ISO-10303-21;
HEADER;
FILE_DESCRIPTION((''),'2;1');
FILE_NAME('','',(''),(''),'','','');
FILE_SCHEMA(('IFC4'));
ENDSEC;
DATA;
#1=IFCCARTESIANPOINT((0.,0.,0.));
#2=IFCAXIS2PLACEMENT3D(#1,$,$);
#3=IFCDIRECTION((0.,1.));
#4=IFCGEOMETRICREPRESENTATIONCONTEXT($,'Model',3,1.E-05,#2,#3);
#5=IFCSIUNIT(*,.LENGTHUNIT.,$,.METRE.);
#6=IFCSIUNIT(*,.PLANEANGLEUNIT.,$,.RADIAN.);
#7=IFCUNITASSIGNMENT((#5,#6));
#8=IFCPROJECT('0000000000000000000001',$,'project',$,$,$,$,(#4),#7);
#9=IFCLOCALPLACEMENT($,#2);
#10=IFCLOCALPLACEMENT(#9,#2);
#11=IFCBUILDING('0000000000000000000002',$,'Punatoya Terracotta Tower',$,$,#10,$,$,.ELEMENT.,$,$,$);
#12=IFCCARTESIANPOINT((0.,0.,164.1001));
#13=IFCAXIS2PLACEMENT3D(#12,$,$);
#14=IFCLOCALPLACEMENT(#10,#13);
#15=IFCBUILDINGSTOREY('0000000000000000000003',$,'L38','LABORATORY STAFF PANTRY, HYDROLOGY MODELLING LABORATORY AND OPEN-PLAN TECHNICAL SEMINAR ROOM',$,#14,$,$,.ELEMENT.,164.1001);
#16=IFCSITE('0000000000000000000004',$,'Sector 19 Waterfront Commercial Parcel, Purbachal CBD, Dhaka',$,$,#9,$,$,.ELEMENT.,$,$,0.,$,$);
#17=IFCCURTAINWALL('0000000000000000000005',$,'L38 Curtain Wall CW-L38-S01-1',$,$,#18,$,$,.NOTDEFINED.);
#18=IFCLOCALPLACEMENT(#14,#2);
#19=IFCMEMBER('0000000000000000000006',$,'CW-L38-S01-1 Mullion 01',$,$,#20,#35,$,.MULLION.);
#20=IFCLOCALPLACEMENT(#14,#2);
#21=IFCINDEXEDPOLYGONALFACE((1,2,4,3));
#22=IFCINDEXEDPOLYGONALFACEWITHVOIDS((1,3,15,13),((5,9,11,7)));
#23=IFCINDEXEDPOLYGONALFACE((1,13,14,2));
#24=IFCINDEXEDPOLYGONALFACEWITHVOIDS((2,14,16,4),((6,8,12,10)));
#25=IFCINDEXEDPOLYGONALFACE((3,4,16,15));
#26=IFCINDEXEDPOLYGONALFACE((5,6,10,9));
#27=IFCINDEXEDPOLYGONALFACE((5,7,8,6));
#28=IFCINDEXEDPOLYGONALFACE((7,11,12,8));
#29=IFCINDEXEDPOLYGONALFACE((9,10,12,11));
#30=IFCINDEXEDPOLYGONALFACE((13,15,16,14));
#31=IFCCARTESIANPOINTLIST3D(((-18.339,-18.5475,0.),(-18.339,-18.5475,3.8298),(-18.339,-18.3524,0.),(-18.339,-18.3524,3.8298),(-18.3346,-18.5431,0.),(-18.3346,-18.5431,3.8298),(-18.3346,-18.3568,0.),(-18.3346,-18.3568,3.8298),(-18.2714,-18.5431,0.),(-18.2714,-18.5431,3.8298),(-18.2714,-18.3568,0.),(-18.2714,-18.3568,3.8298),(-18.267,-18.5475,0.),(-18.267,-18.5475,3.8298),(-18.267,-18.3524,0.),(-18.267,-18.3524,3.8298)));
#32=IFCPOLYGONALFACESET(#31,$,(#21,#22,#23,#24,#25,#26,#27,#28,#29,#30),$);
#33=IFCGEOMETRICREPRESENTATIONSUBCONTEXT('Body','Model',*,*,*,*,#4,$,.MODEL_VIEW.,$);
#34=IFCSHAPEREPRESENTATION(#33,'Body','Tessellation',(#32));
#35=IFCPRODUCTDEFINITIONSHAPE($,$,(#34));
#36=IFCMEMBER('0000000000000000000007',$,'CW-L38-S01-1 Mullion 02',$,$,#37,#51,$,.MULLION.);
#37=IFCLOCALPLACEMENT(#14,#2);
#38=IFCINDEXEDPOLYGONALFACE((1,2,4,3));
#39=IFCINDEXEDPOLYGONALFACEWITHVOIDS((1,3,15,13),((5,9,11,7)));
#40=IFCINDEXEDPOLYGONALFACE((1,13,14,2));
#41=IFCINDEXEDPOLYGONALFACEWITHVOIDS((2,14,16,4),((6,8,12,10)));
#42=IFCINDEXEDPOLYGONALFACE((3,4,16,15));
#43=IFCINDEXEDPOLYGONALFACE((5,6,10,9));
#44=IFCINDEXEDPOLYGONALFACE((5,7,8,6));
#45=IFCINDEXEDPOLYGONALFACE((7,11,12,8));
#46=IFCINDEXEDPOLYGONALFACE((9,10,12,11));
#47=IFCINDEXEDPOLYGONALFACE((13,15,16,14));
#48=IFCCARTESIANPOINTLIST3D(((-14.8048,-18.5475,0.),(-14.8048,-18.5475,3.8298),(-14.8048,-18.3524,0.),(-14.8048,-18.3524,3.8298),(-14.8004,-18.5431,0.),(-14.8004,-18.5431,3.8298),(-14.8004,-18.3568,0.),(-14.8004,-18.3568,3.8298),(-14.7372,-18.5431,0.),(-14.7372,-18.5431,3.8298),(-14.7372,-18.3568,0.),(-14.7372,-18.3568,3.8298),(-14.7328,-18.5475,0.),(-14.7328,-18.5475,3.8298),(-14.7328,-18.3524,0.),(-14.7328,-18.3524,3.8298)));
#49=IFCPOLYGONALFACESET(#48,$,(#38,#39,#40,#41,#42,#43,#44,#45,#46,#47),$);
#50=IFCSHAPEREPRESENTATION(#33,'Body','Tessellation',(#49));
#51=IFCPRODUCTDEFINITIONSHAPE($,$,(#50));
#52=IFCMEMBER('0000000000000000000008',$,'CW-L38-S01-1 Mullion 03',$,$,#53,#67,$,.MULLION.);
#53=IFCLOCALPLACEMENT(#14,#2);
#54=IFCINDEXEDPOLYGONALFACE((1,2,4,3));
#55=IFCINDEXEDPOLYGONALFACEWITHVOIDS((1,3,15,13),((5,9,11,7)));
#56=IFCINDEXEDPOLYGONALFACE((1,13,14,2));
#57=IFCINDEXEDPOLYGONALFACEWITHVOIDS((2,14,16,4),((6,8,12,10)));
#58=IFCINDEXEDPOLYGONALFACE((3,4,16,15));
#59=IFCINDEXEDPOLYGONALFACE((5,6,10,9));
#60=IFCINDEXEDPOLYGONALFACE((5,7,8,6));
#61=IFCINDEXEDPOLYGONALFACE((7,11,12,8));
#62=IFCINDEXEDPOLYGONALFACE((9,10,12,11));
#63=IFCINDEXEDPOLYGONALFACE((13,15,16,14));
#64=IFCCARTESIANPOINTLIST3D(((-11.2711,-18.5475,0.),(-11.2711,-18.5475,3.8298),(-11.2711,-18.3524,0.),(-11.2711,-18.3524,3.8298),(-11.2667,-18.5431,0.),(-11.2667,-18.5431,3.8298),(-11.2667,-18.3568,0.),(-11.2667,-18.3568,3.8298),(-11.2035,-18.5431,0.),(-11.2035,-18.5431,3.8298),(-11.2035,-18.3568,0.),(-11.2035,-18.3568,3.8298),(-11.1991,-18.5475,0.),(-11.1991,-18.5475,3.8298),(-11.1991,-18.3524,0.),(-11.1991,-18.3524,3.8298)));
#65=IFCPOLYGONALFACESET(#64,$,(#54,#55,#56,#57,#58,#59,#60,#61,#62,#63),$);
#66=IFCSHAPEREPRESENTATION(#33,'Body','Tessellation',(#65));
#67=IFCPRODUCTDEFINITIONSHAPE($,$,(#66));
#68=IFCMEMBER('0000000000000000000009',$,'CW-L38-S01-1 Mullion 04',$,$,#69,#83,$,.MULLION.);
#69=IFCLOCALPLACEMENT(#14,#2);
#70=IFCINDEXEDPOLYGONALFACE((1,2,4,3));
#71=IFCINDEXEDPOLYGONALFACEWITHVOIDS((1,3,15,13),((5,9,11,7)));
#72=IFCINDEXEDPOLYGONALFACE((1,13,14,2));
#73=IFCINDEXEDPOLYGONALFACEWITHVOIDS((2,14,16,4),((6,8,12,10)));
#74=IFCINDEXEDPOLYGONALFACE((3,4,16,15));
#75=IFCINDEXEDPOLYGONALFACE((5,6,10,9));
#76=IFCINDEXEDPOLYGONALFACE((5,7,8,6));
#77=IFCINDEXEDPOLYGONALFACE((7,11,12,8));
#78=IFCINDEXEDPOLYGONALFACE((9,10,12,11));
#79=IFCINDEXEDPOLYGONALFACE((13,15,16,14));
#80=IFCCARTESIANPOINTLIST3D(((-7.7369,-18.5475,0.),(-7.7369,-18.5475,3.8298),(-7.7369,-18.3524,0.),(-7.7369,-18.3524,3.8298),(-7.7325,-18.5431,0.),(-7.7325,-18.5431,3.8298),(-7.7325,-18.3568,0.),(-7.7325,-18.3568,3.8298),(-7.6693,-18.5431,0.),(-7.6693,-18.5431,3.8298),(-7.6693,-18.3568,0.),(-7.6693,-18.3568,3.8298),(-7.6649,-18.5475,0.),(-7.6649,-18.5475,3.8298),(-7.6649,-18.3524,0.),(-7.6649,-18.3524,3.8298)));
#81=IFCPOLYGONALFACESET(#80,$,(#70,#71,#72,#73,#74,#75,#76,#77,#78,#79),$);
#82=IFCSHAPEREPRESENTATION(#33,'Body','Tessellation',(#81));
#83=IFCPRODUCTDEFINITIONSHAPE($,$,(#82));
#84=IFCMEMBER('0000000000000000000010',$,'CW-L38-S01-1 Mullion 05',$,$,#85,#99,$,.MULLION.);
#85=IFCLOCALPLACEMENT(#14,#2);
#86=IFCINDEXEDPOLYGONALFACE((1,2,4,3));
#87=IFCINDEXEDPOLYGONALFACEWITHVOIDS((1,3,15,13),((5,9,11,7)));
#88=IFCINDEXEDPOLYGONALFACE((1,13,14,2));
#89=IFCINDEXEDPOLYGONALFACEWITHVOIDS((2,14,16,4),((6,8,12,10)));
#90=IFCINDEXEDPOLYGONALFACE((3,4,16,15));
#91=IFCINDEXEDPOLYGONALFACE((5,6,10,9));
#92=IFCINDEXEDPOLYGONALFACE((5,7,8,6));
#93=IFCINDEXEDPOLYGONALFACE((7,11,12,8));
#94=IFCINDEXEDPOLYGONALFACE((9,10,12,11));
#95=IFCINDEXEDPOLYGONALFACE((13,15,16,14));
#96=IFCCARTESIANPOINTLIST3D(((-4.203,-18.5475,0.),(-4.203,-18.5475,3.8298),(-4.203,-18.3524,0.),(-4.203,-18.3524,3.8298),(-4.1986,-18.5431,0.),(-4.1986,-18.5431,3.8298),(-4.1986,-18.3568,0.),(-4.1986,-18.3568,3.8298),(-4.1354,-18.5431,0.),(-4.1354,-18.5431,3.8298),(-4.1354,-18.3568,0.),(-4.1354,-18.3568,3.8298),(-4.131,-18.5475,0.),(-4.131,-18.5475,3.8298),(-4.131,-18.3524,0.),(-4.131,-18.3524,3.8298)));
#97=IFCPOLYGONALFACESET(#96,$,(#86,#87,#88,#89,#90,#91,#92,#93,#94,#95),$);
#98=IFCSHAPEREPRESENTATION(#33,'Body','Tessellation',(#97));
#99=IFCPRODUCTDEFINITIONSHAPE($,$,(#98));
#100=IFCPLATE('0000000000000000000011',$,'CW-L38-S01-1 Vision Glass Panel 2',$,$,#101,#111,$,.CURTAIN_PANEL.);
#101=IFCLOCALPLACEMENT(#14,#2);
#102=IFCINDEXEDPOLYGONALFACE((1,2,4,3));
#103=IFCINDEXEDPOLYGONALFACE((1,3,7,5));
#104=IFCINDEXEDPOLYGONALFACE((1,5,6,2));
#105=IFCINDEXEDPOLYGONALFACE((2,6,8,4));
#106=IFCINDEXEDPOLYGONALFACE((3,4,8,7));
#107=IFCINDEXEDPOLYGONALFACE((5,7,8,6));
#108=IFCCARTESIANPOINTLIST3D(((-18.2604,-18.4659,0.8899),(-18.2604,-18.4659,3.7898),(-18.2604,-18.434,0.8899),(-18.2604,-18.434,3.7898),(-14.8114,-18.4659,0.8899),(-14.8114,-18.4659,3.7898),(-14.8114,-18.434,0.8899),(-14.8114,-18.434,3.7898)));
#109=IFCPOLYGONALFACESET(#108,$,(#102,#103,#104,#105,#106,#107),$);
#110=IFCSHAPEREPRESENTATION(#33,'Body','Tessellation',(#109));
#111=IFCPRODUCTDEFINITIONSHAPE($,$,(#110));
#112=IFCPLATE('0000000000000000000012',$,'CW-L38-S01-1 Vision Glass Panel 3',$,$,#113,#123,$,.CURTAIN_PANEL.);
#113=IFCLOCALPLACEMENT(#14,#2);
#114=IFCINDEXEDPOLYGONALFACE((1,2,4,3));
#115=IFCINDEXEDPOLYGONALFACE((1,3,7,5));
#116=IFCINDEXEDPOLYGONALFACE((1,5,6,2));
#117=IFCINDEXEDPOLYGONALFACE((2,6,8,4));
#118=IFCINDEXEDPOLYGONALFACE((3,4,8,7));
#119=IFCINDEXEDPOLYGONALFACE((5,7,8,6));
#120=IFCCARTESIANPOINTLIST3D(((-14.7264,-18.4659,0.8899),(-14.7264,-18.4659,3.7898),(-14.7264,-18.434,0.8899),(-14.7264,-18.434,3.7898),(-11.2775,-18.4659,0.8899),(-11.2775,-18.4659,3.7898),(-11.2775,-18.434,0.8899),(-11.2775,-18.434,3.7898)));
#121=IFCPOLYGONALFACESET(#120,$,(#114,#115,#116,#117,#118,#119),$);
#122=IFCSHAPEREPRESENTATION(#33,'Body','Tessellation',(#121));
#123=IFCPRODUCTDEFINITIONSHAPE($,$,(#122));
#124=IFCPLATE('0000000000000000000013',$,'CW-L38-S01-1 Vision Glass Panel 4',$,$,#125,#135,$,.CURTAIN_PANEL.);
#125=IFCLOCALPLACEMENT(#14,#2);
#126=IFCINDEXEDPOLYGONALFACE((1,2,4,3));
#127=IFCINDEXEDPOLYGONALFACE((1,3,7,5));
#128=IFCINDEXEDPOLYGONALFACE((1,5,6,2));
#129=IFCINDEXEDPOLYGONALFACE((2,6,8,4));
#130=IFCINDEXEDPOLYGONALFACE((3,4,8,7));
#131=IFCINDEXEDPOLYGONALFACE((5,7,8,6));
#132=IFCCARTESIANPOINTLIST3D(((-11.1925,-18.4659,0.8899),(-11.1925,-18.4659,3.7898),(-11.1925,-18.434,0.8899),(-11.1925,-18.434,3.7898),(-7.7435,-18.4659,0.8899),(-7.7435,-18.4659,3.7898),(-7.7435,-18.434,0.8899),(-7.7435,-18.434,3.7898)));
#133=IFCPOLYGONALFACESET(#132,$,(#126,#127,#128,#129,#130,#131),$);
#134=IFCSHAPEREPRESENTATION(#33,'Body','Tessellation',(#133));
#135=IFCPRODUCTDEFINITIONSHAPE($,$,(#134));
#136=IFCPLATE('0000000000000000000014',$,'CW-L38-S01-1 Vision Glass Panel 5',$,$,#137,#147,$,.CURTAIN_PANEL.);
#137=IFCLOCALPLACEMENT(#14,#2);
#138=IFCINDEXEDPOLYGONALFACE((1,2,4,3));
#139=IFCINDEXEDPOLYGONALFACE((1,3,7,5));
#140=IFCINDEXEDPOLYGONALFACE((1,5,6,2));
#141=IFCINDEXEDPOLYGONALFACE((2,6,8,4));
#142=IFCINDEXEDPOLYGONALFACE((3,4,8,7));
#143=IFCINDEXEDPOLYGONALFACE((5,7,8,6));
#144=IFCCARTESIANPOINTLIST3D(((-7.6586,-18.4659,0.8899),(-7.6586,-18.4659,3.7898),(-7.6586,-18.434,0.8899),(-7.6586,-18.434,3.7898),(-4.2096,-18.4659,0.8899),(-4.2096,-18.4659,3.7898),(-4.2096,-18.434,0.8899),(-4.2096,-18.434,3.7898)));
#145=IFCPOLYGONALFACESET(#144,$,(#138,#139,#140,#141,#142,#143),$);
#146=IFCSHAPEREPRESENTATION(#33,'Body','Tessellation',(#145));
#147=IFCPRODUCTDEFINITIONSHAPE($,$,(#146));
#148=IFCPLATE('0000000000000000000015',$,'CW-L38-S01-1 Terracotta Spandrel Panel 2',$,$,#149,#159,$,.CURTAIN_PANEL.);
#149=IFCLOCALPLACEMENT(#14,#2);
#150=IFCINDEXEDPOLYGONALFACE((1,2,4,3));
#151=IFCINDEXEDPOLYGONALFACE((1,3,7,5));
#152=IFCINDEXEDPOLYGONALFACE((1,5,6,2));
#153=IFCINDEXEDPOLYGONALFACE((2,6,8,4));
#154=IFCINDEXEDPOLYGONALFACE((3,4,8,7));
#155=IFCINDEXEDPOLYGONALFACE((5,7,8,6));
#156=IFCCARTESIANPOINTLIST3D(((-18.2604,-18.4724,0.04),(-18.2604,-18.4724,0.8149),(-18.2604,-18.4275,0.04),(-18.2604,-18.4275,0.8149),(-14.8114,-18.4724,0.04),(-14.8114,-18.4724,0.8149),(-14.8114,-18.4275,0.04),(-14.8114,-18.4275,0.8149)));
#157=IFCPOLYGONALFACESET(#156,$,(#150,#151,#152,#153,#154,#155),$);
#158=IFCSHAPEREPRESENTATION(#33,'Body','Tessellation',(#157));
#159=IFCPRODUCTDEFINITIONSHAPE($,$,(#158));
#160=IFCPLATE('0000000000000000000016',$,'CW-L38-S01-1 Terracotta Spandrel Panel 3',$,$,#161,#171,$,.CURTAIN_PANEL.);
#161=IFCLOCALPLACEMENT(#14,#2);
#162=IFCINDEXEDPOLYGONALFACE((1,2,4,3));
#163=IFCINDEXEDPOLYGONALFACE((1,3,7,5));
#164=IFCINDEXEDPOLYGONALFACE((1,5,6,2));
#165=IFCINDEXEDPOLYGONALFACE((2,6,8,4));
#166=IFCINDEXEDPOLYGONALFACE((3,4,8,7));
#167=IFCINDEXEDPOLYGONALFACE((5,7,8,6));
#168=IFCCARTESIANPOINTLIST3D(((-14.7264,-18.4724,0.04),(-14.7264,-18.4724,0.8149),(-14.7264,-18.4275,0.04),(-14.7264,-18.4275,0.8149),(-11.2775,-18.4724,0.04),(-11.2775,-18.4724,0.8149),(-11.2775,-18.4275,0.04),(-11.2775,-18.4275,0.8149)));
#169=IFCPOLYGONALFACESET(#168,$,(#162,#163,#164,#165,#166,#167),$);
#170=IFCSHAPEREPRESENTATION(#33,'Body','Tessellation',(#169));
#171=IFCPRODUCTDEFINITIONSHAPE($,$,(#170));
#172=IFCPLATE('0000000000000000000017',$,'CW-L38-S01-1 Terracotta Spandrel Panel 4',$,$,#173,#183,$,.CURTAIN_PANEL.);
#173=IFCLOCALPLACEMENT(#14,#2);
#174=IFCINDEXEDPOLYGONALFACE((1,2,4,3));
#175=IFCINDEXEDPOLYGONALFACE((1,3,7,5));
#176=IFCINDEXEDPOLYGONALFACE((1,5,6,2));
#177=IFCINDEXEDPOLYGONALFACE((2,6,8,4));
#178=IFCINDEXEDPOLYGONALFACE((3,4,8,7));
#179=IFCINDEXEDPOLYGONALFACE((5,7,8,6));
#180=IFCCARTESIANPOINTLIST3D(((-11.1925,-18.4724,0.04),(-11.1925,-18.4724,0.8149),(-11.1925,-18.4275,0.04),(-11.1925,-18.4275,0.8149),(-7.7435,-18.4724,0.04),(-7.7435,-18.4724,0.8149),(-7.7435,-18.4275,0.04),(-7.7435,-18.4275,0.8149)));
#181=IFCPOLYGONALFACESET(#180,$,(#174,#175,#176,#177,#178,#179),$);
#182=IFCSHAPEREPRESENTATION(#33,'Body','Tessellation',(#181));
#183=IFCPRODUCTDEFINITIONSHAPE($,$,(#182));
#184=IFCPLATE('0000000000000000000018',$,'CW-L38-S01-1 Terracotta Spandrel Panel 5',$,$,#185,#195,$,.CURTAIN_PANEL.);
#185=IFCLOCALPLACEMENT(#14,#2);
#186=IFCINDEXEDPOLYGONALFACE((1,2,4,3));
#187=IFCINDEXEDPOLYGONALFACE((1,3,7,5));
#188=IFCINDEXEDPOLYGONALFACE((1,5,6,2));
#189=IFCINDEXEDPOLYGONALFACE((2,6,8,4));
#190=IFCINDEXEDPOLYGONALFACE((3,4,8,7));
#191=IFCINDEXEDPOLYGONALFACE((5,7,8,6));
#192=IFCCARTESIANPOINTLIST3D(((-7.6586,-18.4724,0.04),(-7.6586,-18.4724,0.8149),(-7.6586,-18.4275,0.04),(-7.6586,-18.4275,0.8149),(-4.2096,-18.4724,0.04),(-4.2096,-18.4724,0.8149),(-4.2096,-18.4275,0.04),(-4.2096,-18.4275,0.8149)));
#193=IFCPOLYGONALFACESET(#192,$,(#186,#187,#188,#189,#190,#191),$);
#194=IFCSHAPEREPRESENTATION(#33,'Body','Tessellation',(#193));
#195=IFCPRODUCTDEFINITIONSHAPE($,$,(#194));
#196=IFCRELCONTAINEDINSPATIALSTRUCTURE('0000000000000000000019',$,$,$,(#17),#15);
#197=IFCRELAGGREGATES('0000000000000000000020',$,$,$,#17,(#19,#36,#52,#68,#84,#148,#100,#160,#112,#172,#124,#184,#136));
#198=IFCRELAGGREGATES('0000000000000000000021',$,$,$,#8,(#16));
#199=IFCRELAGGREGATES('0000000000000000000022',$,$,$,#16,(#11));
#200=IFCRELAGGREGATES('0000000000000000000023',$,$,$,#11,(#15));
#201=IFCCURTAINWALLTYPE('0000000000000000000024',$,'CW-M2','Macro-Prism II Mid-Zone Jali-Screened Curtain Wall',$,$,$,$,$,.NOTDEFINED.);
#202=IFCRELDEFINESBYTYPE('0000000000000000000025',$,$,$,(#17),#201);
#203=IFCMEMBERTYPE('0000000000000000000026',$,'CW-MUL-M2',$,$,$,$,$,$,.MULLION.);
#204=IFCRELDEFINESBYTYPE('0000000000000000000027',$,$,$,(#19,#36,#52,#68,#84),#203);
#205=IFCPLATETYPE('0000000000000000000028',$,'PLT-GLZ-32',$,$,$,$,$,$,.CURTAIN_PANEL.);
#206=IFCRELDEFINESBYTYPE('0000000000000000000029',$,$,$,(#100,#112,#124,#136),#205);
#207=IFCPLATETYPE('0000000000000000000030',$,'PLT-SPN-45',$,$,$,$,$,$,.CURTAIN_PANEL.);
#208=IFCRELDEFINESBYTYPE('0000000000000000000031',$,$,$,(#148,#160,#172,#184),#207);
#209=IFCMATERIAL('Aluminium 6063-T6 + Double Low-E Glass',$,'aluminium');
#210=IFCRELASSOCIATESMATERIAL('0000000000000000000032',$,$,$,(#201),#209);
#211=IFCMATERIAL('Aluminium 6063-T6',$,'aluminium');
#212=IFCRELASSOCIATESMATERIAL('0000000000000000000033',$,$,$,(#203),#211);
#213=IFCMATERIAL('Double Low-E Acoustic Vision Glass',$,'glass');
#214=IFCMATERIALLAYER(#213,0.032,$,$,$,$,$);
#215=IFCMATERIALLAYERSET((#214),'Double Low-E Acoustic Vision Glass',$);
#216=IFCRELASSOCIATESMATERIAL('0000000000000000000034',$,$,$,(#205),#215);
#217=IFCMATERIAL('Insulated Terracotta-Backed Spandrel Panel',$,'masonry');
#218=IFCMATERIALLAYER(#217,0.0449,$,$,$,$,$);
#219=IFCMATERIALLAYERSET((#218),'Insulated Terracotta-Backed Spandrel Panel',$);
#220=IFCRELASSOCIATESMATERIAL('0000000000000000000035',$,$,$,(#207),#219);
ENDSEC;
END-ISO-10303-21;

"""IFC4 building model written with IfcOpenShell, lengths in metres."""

from ifc_helpers import new_model, si_unit, direction, frame, origin, origin_2d, place, context, subcontext, project, spatial, rectangle, hollow_rectangle, extrude, material, layer, layer_set, material_profile, profile_set, type_object, element, aggregate, save


model = new_model("IFC4")

# Units and contexts
model_context = context("Model", 3, precision=1e-05, world=origin(), true_north=direction((0.0, 1.0)))
body_context = subcontext(model_context, "Body", "Model", "MODEL_VIEW")
ifc_project = project(units=[si_unit("LENGTHUNIT", "METRE"), si_unit("PLANEANGLEUNIT", "RADIAN")], contexts=[model_context])

# Site, building, storey
site_placement = place(None, origin())
site = spatial("IfcSite", under=ifc_project, at=site_placement, Name="Sector 19 Waterfront Commercial Parcel, Purbachal CBD, Dhaka", CompositionType="ELEMENT", RefElevation=0.0)
building_placement = place(site_placement, origin())
building = spatial("IfcBuilding", under=site, at=building_placement, Name="Punatoya Terracotta Tower", CompositionType="ELEMENT")
storey_placement = place(building_placement, frame((0.0, 0.0, 164.1001)))
storey = spatial("IfcBuildingStorey", under=building, at=storey_placement, Name="L38", Description="LABORATORY STAFF PANTRY, HYDROLOGY MODELLING LABORATORY AND OPEN-PLAN TECHNICAL SEMINAR ROOM", CompositionType="ELEMENT", Elevation=164.1001)

# Curtain wall, members, plates
ifc_material_1 = material(Name="Aluminium 6063-T6 + Double Low-E Glass", Category="aluminium")
curtain_wall_type = type_object("IfcCurtainWallType", Name="CW-M2", Description="Macro-Prism II Mid-Zone Jali-Screened Curtain Wall", PredefinedType="NOTDEFINED", material=ifc_material_1)
curtain_wall_placement = place(storey_placement, origin())
curtain_wall = element("IfcCurtainWall", 1, at=curtain_wall_placement, inside=storey, type_object=curtain_wall_type, Name="L38 Curtain Wall CW-L38-S01-1", PredefinedType="NOTDEFINED")
ifc_material_2 = material(Name="Aluminium 6063-T6", Category="aluminium")
ifc_material_profile_1 = material_profile(ifc_material_2, hollow_rectangle(XDim=0.072, YDim=0.1951, WallThickness=0.0044, at=origin_2d()))
ifc_profile_set_1 = profile_set([ifc_material_profile_1], Name="Aluminium 6063-T6")
member_type = type_object("IfcMemberType", Name="CW-MUL-M2", PredefinedType="MULLION", material=ifc_profile_set_1)
member_1_placement = place(storey_placement, frame((-18.303, -18.45, 0.0), z_axis=(0.0, 0.0, 1.0), x_axis=(1.0, 0.0, 0.0)))
member_1 = element("IfcMember", 2, at=member_1_placement, type_object=member_type, Name="CW-L38-S01-1 Mullion 01", PredefinedType="MULLION", context=body_context, shape_type="SweptSolid", body=[
    extrude(hollow_rectangle(XDim=0.072, YDim=0.1951, WallThickness=0.0044, at=origin_2d()), origin(), (0.0, 0.0, 1.0), 3.8298),
])
member_2_placement = place(storey_placement, frame((-14.7688, -18.45, 0.0), z_axis=(0.0, 0.0, 1.0), x_axis=(1.0, 0.0, 0.0)))
member_2 = element("IfcMember", 3, at=member_2_placement, type_object=member_type, Name="CW-L38-S01-1 Mullion 02", PredefinedType="MULLION", context=body_context, shape_type="SweptSolid", body=[
    extrude(hollow_rectangle(XDim=0.072, YDim=0.1951, WallThickness=0.0044, at=origin_2d()), origin(), (0.0, 0.0, 1.0), 3.8298),
])
member_3_placement = place(storey_placement, frame((-11.2351, -18.45, 0.0), z_axis=(0.0, 0.0, 1.0), x_axis=(1.0, 0.0, 0.0)))
member_3 = element("IfcMember", 4, at=member_3_placement, type_object=member_type, Name="CW-L38-S01-1 Mullion 03", PredefinedType="MULLION", context=body_context, shape_type="SweptSolid", body=[
    extrude(hollow_rectangle(XDim=0.072, YDim=0.1951, WallThickness=0.0044, at=origin_2d()), origin(), (0.0, 0.0, 1.0), 3.8298),
])
member_4_placement = place(storey_placement, frame((-7.7009, -18.45, 0.0), z_axis=(0.0, 0.0, 1.0), x_axis=(1.0, 0.0, 0.0)))
member_4 = element("IfcMember", 5, at=member_4_placement, type_object=member_type, Name="CW-L38-S01-1 Mullion 04", PredefinedType="MULLION", context=body_context, shape_type="SweptSolid", body=[
    extrude(hollow_rectangle(XDim=0.072, YDim=0.1951, WallThickness=0.0044, at=origin_2d()), origin(), (0.0, 0.0, 1.0), 3.8298),
])
member_5_placement = place(storey_placement, frame((-4.167, -18.45, 0.0), z_axis=(0.0, 0.0, 1.0), x_axis=(1.0, 0.0, 0.0)))
member_5 = element("IfcMember", 6, at=member_5_placement, type_object=member_type, Name="CW-L38-S01-1 Mullion 05", PredefinedType="MULLION", context=body_context, shape_type="SweptSolid", body=[
    extrude(hollow_rectangle(XDim=0.072, YDim=0.1951, WallThickness=0.0044, at=origin_2d()), origin(), (0.0, 0.0, 1.0), 3.8298),
])
ifc_material_3 = material(Name="Double Low-E Acoustic Vision Glass", Category="glass")
ifc_layer_1 = layer(ifc_material_3, 0.032)
ifc_layer_set_1 = layer_set([ifc_layer_1], Name="Double Low-E Acoustic Vision Glass")
plate_type_1 = type_object("IfcPlateType", Name="PLT-GLZ-32", PredefinedType="CURTAIN_PANEL", material=ifc_layer_set_1)
plate_1_placement = place(storey_placement, frame((-16.5359, -18.45, 0.8899), z_axis=(0.0, 0.0, 1.0), x_axis=(1.0, 0.0, 0.0)))
plate_1 = element("IfcPlate", 7, at=plate_1_placement, type_object=plate_type_1, Name="CW-L38-S01-1 Vision Glass Panel 2", PredefinedType="CURTAIN_PANEL", context=body_context, shape_type="SweptSolid", body=[
    extrude(rectangle(XDim=3.449, YDim=0.032, at=origin_2d()), origin(), (0.0, 0.0, 1.0), 2.8999),
])
plate_2_placement = place(storey_placement, frame((-13.002, -18.45, 0.8899), z_axis=(0.0, 0.0, 1.0), x_axis=(1.0, 0.0, 0.0)))
plate_2 = element("IfcPlate", 8, at=plate_2_placement, type_object=plate_type_1, Name="CW-L38-S01-1 Vision Glass Panel 3", PredefinedType="CURTAIN_PANEL", context=body_context, shape_type="SweptSolid", body=[
    extrude(rectangle(XDim=3.449, YDim=0.032, at=origin_2d()), origin(), (0.0, 0.0, 1.0), 2.8999),
])
plate_3_placement = place(storey_placement, frame((-9.468, -18.45, 0.8899), z_axis=(0.0, 0.0, 1.0), x_axis=(1.0, 0.0, 0.0)))
plate_3 = element("IfcPlate", 9, at=plate_3_placement, type_object=plate_type_1, Name="CW-L38-S01-1 Vision Glass Panel 4", PredefinedType="CURTAIN_PANEL", context=body_context, shape_type="SweptSolid", body=[
    extrude(rectangle(XDim=3.449, YDim=0.032, at=origin_2d()), origin(), (0.0, 0.0, 1.0), 2.8999),
])
plate_4_placement = place(storey_placement, frame((-5.9341, -18.45, 0.8899), z_axis=(0.0, 0.0, 1.0), x_axis=(1.0, 0.0, 0.0)))
plate_4 = element("IfcPlate", 10, at=plate_4_placement, type_object=plate_type_1, Name="CW-L38-S01-1 Vision Glass Panel 5", PredefinedType="CURTAIN_PANEL", context=body_context, shape_type="SweptSolid", body=[
    extrude(rectangle(XDim=3.449, YDim=0.032, at=origin_2d()), origin(), (0.0, 0.0, 1.0), 2.8999),
])
ifc_material_4 = material(Name="Insulated Terracotta-Backed Spandrel Panel", Category="masonry")
ifc_layer_2 = layer(ifc_material_4, 0.0449)
ifc_layer_set_2 = layer_set([ifc_layer_2], Name="Insulated Terracotta-Backed Spandrel Panel")
plate_type_2 = type_object("IfcPlateType", Name="PLT-SPN-45", PredefinedType="CURTAIN_PANEL", material=ifc_layer_set_2)
plate_5_placement = place(storey_placement, frame((-16.5359, -18.45, 0.04), z_axis=(0.0, 0.0, 1.0), x_axis=(1.0, 0.0, 0.0)))
plate_5 = element("IfcPlate", 11, at=plate_5_placement, type_object=plate_type_2, Name="CW-L38-S01-1 Terracotta Spandrel Panel 2", PredefinedType="CURTAIN_PANEL", context=body_context, shape_type="SweptSolid", body=[
    extrude(rectangle(XDim=3.449, YDim=0.0449, at=origin_2d()), origin(), (0.0, 0.0, 1.0), 0.7749),
])
plate_6_placement = place(storey_placement, frame((-13.002, -18.45, 0.04), z_axis=(0.0, 0.0, 1.0), x_axis=(1.0, 0.0, 0.0)))
plate_6 = element("IfcPlate", 12, at=plate_6_placement, type_object=plate_type_2, Name="CW-L38-S01-1 Terracotta Spandrel Panel 3", PredefinedType="CURTAIN_PANEL", context=body_context, shape_type="SweptSolid", body=[
    extrude(rectangle(XDim=3.449, YDim=0.0449, at=origin_2d()), origin(), (0.0, 0.0, 1.0), 0.7749),
])
plate_7_placement = place(storey_placement, frame((-9.468, -18.45, 0.04), z_axis=(0.0, 0.0, 1.0), x_axis=(1.0, 0.0, 0.0)))
plate_7 = element("IfcPlate", 13, at=plate_7_placement, type_object=plate_type_2, Name="CW-L38-S01-1 Terracotta Spandrel Panel 4", PredefinedType="CURTAIN_PANEL", context=body_context, shape_type="SweptSolid", body=[
    extrude(rectangle(XDim=3.449, YDim=0.0449, at=origin_2d()), origin(), (0.0, 0.0, 1.0), 0.7749),
])
plate_8_placement = place(storey_placement, frame((-5.9341, -18.45, 0.04), z_axis=(0.0, 0.0, 1.0), x_axis=(1.0, 0.0, 0.0)))
plate_8 = element("IfcPlate", 14, at=plate_8_placement, type_object=plate_type_2, Name="CW-L38-S01-1 Terracotta Spandrel Panel 5", PredefinedType="CURTAIN_PANEL", context=body_context, shape_type="SweptSolid", body=[
    extrude(rectangle(XDim=3.449, YDim=0.0449, at=origin_2d()), origin(), (0.0, 0.0, 1.0), 0.7749),
])
aggregate(curtain_wall, [member_1, member_2, member_3, member_4, member_5, plate_5, plate_1, plate_6, plate_2, plate_7, plate_3, plate_8, plate_4])

save(model, "model.ifc")
